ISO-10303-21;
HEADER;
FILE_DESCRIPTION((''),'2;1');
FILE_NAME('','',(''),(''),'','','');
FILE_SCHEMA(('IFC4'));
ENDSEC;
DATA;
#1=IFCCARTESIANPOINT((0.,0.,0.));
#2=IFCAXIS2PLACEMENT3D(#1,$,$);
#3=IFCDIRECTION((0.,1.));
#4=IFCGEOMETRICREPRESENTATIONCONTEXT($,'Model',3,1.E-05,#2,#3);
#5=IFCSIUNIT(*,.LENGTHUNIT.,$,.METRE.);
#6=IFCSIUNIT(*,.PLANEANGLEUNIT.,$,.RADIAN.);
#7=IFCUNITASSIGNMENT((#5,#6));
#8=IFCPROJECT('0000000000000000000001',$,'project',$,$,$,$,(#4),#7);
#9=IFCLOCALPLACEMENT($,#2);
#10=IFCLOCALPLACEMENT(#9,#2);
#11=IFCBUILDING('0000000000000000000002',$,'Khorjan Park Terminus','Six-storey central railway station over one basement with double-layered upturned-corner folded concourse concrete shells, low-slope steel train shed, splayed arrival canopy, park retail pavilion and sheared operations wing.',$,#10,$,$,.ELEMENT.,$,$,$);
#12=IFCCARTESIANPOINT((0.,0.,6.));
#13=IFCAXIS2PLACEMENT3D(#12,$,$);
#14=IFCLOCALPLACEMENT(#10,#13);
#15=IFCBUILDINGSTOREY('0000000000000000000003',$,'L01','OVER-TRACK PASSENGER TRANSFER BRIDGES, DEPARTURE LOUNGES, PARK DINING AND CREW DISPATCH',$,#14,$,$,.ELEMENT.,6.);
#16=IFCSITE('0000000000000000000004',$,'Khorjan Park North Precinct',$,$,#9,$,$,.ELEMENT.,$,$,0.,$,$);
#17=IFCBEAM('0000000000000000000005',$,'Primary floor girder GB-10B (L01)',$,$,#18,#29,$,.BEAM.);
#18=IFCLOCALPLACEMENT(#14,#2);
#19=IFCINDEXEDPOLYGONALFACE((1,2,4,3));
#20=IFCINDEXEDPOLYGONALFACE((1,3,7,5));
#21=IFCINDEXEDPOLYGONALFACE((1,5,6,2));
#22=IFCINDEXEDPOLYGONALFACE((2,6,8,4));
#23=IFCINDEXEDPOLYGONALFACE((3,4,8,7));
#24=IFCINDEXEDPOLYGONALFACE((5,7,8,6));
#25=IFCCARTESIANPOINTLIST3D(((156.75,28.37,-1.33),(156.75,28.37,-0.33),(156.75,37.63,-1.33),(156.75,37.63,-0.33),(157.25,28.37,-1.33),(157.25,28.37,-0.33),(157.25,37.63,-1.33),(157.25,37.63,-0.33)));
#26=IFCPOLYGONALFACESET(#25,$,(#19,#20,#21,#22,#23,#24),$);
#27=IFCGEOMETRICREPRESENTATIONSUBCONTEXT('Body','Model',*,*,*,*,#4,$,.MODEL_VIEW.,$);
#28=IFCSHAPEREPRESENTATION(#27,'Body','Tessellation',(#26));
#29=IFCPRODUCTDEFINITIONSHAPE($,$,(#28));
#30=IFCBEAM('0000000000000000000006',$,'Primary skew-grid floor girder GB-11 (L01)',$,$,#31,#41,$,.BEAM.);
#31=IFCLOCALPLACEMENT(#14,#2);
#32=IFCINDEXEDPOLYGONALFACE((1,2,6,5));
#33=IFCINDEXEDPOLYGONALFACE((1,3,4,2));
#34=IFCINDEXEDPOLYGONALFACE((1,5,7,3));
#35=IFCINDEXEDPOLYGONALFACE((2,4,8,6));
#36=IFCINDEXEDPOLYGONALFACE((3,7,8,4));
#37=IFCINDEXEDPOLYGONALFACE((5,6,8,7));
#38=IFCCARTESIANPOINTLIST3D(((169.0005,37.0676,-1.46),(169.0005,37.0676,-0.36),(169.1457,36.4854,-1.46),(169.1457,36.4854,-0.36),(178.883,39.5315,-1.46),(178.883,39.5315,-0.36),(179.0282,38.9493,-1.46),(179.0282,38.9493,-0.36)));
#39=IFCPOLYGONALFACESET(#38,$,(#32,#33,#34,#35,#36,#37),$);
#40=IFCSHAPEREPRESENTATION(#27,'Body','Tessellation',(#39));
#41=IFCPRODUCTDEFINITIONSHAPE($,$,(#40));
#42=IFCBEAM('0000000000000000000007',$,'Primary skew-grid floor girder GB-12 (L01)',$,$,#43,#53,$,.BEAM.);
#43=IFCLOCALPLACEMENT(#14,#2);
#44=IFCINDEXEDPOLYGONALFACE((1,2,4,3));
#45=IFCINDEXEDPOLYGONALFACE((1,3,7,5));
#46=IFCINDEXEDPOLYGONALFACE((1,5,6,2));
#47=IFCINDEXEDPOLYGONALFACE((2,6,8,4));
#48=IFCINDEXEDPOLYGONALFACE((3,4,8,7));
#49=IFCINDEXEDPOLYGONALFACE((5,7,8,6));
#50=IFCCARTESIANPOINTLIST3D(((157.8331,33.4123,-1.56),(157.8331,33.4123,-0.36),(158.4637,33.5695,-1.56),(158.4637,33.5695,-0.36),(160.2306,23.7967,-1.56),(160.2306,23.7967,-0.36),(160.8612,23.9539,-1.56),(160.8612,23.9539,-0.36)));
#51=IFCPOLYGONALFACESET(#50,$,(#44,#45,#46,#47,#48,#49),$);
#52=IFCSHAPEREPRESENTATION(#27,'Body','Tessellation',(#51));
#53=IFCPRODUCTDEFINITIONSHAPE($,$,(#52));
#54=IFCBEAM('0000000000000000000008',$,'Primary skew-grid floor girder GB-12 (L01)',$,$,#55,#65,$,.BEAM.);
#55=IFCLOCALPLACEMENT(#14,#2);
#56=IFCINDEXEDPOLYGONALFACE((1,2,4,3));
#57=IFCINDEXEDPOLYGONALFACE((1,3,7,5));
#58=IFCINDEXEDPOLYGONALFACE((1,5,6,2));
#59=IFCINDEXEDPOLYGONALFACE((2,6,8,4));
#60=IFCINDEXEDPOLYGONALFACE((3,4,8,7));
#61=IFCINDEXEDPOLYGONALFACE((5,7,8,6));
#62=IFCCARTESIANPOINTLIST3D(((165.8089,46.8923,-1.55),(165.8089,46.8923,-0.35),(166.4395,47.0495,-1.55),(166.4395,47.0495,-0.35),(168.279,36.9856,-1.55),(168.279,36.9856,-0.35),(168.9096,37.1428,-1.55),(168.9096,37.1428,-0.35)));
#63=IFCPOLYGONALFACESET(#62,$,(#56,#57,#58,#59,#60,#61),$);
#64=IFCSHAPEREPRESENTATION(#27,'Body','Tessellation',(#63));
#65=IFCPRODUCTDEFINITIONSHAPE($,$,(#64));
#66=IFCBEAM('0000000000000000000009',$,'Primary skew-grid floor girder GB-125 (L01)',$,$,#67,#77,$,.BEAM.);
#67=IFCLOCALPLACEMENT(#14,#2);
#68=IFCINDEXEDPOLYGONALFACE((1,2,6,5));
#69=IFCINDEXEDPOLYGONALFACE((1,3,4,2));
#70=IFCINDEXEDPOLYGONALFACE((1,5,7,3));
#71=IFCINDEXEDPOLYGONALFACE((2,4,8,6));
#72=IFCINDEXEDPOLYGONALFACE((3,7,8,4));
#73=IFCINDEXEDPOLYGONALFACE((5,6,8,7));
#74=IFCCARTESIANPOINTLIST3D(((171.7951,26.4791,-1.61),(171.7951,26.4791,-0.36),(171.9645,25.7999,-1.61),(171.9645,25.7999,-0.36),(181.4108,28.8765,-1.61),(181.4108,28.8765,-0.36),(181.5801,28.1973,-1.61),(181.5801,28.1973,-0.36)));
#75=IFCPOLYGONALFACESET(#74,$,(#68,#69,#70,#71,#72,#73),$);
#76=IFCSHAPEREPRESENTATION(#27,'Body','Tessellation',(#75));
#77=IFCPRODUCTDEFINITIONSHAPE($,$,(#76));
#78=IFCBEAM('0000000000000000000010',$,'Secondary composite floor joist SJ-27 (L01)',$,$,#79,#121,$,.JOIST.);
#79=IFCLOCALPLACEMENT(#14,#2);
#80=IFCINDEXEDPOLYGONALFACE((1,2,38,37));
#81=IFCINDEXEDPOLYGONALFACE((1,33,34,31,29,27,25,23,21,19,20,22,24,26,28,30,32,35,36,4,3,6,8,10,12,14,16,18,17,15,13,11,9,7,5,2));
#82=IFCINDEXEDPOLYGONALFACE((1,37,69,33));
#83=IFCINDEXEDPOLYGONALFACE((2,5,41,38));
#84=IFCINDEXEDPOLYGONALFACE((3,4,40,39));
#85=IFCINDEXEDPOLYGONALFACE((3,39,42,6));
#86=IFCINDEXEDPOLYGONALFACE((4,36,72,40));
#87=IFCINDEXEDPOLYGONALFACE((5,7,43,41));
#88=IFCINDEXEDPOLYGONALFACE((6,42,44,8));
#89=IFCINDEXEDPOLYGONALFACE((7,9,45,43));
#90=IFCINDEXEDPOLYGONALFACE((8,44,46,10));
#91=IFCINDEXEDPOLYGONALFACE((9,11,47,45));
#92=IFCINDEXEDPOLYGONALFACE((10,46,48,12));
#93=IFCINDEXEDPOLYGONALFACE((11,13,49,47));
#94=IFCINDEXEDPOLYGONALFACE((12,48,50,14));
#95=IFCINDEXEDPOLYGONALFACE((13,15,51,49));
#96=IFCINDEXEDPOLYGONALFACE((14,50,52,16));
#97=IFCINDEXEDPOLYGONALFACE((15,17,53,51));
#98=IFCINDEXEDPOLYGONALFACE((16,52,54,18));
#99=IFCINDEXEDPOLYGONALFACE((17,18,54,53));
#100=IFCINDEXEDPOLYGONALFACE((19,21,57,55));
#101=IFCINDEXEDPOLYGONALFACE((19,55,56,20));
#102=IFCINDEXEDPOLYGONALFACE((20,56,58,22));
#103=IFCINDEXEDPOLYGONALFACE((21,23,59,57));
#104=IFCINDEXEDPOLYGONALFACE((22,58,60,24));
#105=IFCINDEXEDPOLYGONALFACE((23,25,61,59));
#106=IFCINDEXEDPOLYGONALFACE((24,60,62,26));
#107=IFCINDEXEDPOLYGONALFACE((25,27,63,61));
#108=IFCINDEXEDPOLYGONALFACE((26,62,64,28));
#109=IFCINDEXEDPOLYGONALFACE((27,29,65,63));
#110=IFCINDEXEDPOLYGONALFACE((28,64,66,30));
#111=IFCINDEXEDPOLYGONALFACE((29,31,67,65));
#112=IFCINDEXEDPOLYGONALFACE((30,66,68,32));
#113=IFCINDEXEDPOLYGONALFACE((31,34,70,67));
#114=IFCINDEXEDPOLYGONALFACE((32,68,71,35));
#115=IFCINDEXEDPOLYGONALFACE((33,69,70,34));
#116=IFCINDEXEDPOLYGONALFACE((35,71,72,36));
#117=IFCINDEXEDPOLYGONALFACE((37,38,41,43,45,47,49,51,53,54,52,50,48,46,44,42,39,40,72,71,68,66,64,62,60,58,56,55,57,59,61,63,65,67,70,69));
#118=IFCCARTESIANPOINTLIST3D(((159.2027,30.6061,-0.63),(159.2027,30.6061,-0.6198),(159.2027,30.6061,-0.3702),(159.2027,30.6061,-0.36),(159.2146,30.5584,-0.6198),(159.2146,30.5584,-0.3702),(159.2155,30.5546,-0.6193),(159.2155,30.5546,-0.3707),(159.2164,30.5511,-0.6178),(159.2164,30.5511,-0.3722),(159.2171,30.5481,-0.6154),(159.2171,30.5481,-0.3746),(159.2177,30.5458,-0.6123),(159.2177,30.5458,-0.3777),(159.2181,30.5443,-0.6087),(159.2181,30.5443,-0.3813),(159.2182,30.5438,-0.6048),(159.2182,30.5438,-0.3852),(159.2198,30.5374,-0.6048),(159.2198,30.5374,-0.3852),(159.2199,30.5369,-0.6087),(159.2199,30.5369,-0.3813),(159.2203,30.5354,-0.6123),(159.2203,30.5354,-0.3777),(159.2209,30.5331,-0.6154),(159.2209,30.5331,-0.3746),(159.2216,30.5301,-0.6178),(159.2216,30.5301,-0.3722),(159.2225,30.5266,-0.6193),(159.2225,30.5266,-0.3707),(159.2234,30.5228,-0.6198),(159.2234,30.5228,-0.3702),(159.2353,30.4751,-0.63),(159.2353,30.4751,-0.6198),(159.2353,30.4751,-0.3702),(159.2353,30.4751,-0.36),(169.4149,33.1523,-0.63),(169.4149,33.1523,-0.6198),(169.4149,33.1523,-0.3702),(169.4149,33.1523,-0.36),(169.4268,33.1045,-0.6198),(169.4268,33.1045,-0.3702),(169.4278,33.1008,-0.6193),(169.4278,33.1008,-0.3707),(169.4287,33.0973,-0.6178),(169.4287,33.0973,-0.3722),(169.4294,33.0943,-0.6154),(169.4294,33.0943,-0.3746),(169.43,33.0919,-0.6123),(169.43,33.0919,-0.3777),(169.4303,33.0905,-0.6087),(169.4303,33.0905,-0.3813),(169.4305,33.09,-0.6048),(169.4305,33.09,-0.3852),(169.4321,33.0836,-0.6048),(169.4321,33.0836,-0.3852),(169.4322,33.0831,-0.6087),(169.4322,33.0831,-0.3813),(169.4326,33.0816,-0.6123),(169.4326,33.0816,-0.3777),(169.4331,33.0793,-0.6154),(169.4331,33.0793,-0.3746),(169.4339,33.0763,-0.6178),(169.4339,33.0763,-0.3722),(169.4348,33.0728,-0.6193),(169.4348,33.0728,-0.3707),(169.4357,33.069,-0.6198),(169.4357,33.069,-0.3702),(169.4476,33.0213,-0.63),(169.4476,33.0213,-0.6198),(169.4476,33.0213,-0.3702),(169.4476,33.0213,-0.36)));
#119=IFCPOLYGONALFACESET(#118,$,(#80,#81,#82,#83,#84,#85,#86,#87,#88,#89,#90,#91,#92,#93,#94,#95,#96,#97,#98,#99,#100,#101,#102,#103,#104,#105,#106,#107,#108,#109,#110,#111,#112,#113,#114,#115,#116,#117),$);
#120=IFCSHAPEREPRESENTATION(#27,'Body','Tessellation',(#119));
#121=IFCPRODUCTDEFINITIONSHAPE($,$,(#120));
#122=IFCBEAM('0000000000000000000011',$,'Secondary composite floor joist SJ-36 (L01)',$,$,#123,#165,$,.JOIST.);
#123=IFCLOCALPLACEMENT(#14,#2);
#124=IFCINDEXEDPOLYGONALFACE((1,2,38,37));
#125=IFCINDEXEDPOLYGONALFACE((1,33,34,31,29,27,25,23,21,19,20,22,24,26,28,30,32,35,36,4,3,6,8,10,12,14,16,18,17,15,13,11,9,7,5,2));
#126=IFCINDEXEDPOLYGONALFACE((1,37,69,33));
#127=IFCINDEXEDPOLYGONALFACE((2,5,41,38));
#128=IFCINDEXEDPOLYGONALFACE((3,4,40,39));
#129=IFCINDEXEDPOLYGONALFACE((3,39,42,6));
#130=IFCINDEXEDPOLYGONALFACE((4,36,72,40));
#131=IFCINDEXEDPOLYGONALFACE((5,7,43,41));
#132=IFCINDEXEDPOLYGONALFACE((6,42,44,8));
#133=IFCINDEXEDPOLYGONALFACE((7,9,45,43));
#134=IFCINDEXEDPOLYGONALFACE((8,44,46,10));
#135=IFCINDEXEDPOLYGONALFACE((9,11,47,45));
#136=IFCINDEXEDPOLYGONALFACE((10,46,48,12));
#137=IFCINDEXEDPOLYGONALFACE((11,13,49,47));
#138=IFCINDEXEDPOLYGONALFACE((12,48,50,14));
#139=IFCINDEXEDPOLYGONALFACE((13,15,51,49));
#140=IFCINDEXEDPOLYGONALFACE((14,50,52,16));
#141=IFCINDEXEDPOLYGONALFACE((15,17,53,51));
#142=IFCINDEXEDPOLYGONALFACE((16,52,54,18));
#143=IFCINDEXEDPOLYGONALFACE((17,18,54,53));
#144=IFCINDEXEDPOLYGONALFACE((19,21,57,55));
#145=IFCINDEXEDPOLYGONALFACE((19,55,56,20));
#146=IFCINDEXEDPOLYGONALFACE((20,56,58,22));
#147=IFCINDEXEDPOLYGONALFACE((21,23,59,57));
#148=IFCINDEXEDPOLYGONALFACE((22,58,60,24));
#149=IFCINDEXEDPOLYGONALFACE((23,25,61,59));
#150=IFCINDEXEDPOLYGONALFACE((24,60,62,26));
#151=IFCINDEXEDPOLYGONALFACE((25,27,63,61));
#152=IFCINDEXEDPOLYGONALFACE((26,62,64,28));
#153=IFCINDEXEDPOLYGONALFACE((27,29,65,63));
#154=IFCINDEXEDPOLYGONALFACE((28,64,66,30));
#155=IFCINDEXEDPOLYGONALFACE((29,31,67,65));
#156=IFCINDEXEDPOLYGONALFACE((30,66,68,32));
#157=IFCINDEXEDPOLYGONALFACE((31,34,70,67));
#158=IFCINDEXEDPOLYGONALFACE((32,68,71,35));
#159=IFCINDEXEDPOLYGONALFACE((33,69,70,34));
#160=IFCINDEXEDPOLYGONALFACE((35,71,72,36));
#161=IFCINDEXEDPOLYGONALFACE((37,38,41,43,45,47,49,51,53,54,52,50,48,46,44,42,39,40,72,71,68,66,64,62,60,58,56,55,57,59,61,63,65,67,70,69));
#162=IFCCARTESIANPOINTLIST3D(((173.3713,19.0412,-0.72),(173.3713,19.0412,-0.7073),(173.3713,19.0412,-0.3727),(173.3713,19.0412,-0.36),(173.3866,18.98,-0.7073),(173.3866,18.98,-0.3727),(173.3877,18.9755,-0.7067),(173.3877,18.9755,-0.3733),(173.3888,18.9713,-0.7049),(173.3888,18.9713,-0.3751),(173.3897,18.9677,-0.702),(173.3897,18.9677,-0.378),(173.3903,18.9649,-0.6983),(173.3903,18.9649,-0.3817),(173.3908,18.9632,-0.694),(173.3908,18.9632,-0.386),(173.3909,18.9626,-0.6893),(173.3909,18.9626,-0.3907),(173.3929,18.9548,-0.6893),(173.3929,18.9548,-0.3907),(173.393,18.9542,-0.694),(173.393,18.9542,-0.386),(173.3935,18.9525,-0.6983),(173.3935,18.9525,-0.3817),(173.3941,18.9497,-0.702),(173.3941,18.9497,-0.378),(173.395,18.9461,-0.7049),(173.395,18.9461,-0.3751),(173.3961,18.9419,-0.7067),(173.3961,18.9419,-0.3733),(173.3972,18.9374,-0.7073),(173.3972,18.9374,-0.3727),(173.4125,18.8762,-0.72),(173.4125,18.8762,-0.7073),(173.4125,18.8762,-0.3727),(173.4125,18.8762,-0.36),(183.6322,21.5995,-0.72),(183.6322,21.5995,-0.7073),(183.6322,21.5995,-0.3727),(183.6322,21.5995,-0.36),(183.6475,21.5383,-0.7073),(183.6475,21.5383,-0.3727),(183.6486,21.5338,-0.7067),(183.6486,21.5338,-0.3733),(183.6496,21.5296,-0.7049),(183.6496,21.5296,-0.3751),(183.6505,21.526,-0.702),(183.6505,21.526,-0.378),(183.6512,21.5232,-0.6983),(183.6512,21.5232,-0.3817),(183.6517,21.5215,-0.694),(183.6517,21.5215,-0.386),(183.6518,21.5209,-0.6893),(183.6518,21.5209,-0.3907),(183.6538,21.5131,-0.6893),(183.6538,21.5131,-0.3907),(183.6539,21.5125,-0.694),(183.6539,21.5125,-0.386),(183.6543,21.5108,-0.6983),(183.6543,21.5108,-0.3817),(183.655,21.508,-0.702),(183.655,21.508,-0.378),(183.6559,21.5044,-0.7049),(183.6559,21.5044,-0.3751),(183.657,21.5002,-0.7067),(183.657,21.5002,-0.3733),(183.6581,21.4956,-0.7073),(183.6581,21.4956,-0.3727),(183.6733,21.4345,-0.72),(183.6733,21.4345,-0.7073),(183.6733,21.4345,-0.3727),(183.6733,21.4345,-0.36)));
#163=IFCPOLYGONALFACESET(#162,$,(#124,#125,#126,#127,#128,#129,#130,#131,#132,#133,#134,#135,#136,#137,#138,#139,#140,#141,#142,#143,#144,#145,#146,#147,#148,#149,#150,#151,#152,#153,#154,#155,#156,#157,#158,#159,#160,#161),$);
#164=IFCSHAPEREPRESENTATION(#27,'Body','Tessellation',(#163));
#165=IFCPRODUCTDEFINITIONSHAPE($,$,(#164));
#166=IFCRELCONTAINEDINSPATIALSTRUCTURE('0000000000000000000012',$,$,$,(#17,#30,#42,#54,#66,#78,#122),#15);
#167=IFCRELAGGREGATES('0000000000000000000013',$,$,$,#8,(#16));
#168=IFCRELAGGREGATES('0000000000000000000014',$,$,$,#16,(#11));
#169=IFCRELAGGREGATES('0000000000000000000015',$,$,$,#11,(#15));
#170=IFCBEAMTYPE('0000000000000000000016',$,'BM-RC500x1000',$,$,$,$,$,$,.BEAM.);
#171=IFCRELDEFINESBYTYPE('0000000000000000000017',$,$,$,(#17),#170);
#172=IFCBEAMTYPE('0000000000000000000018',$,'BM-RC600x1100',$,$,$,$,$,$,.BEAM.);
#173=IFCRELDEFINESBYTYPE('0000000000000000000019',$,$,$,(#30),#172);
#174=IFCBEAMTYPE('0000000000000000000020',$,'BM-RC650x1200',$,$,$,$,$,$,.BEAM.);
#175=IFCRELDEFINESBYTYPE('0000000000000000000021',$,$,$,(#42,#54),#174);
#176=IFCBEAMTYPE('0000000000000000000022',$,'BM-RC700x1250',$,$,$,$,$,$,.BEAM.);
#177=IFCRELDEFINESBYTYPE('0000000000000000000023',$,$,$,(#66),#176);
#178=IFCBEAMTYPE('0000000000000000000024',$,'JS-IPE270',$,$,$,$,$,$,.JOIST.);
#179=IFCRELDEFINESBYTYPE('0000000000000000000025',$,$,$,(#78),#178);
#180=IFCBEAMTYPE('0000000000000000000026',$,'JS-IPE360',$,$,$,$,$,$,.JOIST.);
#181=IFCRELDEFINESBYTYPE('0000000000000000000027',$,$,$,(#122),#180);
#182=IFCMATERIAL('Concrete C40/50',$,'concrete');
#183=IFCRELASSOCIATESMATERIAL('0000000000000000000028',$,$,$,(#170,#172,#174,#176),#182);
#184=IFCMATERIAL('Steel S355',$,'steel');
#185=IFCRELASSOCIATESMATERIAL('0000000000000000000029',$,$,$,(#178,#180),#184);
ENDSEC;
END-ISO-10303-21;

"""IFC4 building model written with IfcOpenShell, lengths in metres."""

from ifc_helpers import new_model, si_unit, direction, frame, origin, origin_2d, place, context, subcontext, project, spatial, rectangle, i_section, extrude, material, material_profile, profile_set, type_object, element, save


model = new_model("IFC4")

# Units and contexts
model_context = context("Model", 3, precision=1e-05, world=origin(), true_north=direction((0.0, 1.0)))
body_context = subcontext(model_context, "Body", "Model", "MODEL_VIEW")
ifc_project = project(units=[si_unit("LENGTHUNIT", "METRE"), si_unit("PLANEANGLEUNIT", "RADIAN")], contexts=[model_context])

# Site, building, storey
site_placement = place(None, origin())
site = spatial("IfcSite", under=ifc_project, at=site_placement, Name="Khorjan Park North Precinct", CompositionType="ELEMENT", RefElevation=0.0)
building_placement = place(site_placement, origin())
building = spatial("IfcBuilding", under=site, at=building_placement, Name="Khorjan Park Terminus", Description="Six-storey central railway station over one basement with double-layered upturned-corner folded concourse concrete shells, low-slope steel train shed, splayed arrival canopy, park retail pavilion and sheared operations wing.", CompositionType="ELEMENT")
storey_placement = place(building_placement, frame((0.0, 0.0, 6.0)))
storey = spatial("IfcBuildingStorey", under=building, at=storey_placement, Name="L01", Description="OVER-TRACK PASSENGER TRANSFER BRIDGES, DEPARTURE LOUNGES, PARK DINING AND CREW DISPATCH", CompositionType="ELEMENT", Elevation=6.0)

# Shared definitions
ifc_material_1 = material(Name="Concrete C40/50", Category="concrete")

# Beams
ifc_material_2 = material(Name="Steel S355", Category="steel")
ifc_material_profile_1 = material_profile(ifc_material_1, rectangle(XDim=0.5, YDim=1.0, at=origin_2d()), Name="RC 500x1000")
ifc_profile_set_1 = profile_set([ifc_material_profile_1], Name="Concrete C40/50")
beam_type_1 = type_object("IfcBeamType", Name="BM-RC500x1000", PredefinedType="BEAM", material=ifc_profile_set_1)
beam_1_placement = place(storey_placement, frame((157.0, 28.37, -0.83), z_axis=(0.0, 1.0, 0.0), x_axis=(-1.0, 0.0, 0.0)))
element("IfcBeam", 1, at=beam_1_placement, inside=storey, type_object=beam_type_1, Name="Primary floor girder GB-10B (L01)", PredefinedType="BEAM", context=body_context, shape_type="SweptSolid", body=[
    extrude(rectangle(XDim=0.5, YDim=1.0, at=origin_2d()), origin(), (0.0, 0.0, 1.0), 9.26),
])
ifc_material_profile_2 = material_profile(ifc_material_1, rectangle(XDim=0.6, YDim=1.1, at=origin_2d()), Name="RC 600x1100")
ifc_profile_set_2 = profile_set([ifc_material_profile_2], Name="Concrete C40/50")
beam_type_2 = type_object("IfcBeamType", Name="BM-RC600x1100", PredefinedType="BEAM", material=ifc_profile_set_2)
beam_2_placement = place(storey_placement, frame((169.0731, 36.7765, -0.91), z_axis=(0.970298, 0.241914, 0.0), x_axis=(-0.241914, 0.970298, 0.0)))
element("IfcBeam", 2, at=beam_2_placement, inside=storey, type_object=beam_type_2, Name="Primary skew-grid floor girder GB-11 (L01)", PredefinedType="BEAM", context=body_context, shape_type="SweptSolid", body=[
    extrude(rectangle(XDim=0.6, YDim=1.1, at=origin_2d()), origin(), (0.0, 0.0, 1.0), 10.185),
])
ifc_material_profile_3 = material_profile(ifc_material_1, rectangle(XDim=0.65, YDim=1.2, at=origin_2d()), Name="RC 650x1200")
ifc_profile_set_3 = profile_set([ifc_material_profile_3], Name="Concrete C40/50")
beam_type_3 = type_object("IfcBeamType", Name="BM-RC650x1200", PredefinedType="BEAM", material=ifc_profile_set_3)
beam_3_placement = place(storey_placement, frame((160.5459, 23.8753, -0.96), z_axis=(-0.241928, 0.970294, 0.0), x_axis=(-0.970294, -0.241928, 0.0)))
element("IfcBeam", 3, at=beam_3_placement, inside=storey, type_object=beam_type_3, Name="Primary skew-grid floor girder GB-12 (L01)", PredefinedType="BEAM", context=body_context, shape_type="SweptSolid", body=[
    extrude(rectangle(XDim=0.65, YDim=1.2, at=origin_2d()), origin(), (0.0, 0.0, 1.0), 9.91),
])
beam_4_placement = place(storey_placement, frame((168.5943, 37.0642, -0.95), z_axis=(-0.241929, 0.970294, 0.0), x_axis=(-0.970294, -0.241929, 0.0)))
element("IfcBeam", 4, at=beam_4_placement, inside=storey, type_object=beam_type_3, Name="Primary skew-grid floor girder GB-12 (L01)", PredefinedType="BEAM", context=body_context, shape_type="SweptSolid", body=[
    extrude(rectangle(XDim=0.65, YDim=1.2, at=origin_2d()), origin(), (0.0, 0.0, 1.0), 10.21),
])
ifc_material_profile_4 = material_profile(ifc_material_1, rectangle(XDim=0.7, YDim=1.25, at=origin_2d()), Name="RC 700x1250")
ifc_profile_set_4 = profile_set([ifc_material_profile_4], Name="Concrete C40/50")
beam_type_4 = type_object("IfcBeamType", Name="BM-RC700x1250", PredefinedType="BEAM", material=ifc_profile_set_4)
beam_5_placement = place(storey_placement, frame((171.8798, 26.1395, -0.985), z_axis=(0.970297, 0.241918, 0.0), x_axis=(-0.241918, 0.970297, 0.0)))
element("IfcBeam", 5, at=beam_5_placement, inside=storey, type_object=beam_type_4, Name="Primary skew-grid floor girder GB-125 (L01)", PredefinedType="BEAM", context=body_context, shape_type="SweptSolid", body=[
    extrude(rectangle(XDim=0.7, YDim=1.25, at=origin_2d()), origin(), (0.0, 0.0, 1.0), 9.91),
])
ifc_material_profile_5 = material_profile(ifc_material_2, i_section(OverallWidth=0.135, OverallDepth=0.27, WebThickness=0.0066, FlangeThickness=0.0102, FilletRadius=0.015, at=origin_2d()), Name="IPE 270")
ifc_profile_set_5 = profile_set([ifc_material_profile_5], Name="Steel S355")
beam_type_5 = type_object("IfcBeamType", Name="JS-IPE270", PredefinedType="JOIST", material=ifc_profile_set_5)
beam_6_placement = place(storey_placement, frame((159.219, 30.5406, -0.495), z_axis=(0.970296, 0.241921, 0.0), x_axis=(-0.241921, 0.970296, 0.0)))
element("IfcBeam", 6, at=beam_6_placement, inside=storey, type_object=beam_type_5, Name="Secondary composite floor joist SJ-27 (L01)", PredefinedType="JOIST", context=body_context, shape_type="SweptSolid", body=[
    extrude(i_section(OverallWidth=0.135, OverallDepth=0.27, WebThickness=0.0066, FlangeThickness=0.0102, FilletRadius=0.015, at=origin_2d()), origin(), (0.0, 0.0, 1.0), 10.5249),
])
ifc_material_profile_6 = material_profile(ifc_material_2, i_section(OverallWidth=0.17, OverallDepth=0.36, WebThickness=0.008, FlangeThickness=0.0127, FilletRadius=0.018, at=origin_2d()), Name="IPE 360")
ifc_profile_set_6 = profile_set([ifc_material_profile_6], Name="Steel S355")
beam_type_6 = type_object("IfcBeamType", Name="JS-IPE360", PredefinedType="JOIST", material=ifc_profile_set_6)
beam_7_placement = place(storey_placement, frame((173.3919, 18.9587, -0.54), z_axis=(0.970296, 0.241919, 0.0), x_axis=(-0.241919, 0.970296, 0.0)))
element("IfcBeam", 7, at=beam_7_placement, inside=storey, type_object=beam_type_6, Name="Secondary composite floor joist SJ-36 (L01)", PredefinedType="JOIST", context=body_context, shape_type="SweptSolid", body=[
    extrude(i_section(OverallWidth=0.17, OverallDepth=0.36, WebThickness=0.008, FlangeThickness=0.0127, FilletRadius=0.018, at=origin_2d()), origin(), (0.0, 0.0, 1.0), 10.575),
])

save(model, "model.ifc")
